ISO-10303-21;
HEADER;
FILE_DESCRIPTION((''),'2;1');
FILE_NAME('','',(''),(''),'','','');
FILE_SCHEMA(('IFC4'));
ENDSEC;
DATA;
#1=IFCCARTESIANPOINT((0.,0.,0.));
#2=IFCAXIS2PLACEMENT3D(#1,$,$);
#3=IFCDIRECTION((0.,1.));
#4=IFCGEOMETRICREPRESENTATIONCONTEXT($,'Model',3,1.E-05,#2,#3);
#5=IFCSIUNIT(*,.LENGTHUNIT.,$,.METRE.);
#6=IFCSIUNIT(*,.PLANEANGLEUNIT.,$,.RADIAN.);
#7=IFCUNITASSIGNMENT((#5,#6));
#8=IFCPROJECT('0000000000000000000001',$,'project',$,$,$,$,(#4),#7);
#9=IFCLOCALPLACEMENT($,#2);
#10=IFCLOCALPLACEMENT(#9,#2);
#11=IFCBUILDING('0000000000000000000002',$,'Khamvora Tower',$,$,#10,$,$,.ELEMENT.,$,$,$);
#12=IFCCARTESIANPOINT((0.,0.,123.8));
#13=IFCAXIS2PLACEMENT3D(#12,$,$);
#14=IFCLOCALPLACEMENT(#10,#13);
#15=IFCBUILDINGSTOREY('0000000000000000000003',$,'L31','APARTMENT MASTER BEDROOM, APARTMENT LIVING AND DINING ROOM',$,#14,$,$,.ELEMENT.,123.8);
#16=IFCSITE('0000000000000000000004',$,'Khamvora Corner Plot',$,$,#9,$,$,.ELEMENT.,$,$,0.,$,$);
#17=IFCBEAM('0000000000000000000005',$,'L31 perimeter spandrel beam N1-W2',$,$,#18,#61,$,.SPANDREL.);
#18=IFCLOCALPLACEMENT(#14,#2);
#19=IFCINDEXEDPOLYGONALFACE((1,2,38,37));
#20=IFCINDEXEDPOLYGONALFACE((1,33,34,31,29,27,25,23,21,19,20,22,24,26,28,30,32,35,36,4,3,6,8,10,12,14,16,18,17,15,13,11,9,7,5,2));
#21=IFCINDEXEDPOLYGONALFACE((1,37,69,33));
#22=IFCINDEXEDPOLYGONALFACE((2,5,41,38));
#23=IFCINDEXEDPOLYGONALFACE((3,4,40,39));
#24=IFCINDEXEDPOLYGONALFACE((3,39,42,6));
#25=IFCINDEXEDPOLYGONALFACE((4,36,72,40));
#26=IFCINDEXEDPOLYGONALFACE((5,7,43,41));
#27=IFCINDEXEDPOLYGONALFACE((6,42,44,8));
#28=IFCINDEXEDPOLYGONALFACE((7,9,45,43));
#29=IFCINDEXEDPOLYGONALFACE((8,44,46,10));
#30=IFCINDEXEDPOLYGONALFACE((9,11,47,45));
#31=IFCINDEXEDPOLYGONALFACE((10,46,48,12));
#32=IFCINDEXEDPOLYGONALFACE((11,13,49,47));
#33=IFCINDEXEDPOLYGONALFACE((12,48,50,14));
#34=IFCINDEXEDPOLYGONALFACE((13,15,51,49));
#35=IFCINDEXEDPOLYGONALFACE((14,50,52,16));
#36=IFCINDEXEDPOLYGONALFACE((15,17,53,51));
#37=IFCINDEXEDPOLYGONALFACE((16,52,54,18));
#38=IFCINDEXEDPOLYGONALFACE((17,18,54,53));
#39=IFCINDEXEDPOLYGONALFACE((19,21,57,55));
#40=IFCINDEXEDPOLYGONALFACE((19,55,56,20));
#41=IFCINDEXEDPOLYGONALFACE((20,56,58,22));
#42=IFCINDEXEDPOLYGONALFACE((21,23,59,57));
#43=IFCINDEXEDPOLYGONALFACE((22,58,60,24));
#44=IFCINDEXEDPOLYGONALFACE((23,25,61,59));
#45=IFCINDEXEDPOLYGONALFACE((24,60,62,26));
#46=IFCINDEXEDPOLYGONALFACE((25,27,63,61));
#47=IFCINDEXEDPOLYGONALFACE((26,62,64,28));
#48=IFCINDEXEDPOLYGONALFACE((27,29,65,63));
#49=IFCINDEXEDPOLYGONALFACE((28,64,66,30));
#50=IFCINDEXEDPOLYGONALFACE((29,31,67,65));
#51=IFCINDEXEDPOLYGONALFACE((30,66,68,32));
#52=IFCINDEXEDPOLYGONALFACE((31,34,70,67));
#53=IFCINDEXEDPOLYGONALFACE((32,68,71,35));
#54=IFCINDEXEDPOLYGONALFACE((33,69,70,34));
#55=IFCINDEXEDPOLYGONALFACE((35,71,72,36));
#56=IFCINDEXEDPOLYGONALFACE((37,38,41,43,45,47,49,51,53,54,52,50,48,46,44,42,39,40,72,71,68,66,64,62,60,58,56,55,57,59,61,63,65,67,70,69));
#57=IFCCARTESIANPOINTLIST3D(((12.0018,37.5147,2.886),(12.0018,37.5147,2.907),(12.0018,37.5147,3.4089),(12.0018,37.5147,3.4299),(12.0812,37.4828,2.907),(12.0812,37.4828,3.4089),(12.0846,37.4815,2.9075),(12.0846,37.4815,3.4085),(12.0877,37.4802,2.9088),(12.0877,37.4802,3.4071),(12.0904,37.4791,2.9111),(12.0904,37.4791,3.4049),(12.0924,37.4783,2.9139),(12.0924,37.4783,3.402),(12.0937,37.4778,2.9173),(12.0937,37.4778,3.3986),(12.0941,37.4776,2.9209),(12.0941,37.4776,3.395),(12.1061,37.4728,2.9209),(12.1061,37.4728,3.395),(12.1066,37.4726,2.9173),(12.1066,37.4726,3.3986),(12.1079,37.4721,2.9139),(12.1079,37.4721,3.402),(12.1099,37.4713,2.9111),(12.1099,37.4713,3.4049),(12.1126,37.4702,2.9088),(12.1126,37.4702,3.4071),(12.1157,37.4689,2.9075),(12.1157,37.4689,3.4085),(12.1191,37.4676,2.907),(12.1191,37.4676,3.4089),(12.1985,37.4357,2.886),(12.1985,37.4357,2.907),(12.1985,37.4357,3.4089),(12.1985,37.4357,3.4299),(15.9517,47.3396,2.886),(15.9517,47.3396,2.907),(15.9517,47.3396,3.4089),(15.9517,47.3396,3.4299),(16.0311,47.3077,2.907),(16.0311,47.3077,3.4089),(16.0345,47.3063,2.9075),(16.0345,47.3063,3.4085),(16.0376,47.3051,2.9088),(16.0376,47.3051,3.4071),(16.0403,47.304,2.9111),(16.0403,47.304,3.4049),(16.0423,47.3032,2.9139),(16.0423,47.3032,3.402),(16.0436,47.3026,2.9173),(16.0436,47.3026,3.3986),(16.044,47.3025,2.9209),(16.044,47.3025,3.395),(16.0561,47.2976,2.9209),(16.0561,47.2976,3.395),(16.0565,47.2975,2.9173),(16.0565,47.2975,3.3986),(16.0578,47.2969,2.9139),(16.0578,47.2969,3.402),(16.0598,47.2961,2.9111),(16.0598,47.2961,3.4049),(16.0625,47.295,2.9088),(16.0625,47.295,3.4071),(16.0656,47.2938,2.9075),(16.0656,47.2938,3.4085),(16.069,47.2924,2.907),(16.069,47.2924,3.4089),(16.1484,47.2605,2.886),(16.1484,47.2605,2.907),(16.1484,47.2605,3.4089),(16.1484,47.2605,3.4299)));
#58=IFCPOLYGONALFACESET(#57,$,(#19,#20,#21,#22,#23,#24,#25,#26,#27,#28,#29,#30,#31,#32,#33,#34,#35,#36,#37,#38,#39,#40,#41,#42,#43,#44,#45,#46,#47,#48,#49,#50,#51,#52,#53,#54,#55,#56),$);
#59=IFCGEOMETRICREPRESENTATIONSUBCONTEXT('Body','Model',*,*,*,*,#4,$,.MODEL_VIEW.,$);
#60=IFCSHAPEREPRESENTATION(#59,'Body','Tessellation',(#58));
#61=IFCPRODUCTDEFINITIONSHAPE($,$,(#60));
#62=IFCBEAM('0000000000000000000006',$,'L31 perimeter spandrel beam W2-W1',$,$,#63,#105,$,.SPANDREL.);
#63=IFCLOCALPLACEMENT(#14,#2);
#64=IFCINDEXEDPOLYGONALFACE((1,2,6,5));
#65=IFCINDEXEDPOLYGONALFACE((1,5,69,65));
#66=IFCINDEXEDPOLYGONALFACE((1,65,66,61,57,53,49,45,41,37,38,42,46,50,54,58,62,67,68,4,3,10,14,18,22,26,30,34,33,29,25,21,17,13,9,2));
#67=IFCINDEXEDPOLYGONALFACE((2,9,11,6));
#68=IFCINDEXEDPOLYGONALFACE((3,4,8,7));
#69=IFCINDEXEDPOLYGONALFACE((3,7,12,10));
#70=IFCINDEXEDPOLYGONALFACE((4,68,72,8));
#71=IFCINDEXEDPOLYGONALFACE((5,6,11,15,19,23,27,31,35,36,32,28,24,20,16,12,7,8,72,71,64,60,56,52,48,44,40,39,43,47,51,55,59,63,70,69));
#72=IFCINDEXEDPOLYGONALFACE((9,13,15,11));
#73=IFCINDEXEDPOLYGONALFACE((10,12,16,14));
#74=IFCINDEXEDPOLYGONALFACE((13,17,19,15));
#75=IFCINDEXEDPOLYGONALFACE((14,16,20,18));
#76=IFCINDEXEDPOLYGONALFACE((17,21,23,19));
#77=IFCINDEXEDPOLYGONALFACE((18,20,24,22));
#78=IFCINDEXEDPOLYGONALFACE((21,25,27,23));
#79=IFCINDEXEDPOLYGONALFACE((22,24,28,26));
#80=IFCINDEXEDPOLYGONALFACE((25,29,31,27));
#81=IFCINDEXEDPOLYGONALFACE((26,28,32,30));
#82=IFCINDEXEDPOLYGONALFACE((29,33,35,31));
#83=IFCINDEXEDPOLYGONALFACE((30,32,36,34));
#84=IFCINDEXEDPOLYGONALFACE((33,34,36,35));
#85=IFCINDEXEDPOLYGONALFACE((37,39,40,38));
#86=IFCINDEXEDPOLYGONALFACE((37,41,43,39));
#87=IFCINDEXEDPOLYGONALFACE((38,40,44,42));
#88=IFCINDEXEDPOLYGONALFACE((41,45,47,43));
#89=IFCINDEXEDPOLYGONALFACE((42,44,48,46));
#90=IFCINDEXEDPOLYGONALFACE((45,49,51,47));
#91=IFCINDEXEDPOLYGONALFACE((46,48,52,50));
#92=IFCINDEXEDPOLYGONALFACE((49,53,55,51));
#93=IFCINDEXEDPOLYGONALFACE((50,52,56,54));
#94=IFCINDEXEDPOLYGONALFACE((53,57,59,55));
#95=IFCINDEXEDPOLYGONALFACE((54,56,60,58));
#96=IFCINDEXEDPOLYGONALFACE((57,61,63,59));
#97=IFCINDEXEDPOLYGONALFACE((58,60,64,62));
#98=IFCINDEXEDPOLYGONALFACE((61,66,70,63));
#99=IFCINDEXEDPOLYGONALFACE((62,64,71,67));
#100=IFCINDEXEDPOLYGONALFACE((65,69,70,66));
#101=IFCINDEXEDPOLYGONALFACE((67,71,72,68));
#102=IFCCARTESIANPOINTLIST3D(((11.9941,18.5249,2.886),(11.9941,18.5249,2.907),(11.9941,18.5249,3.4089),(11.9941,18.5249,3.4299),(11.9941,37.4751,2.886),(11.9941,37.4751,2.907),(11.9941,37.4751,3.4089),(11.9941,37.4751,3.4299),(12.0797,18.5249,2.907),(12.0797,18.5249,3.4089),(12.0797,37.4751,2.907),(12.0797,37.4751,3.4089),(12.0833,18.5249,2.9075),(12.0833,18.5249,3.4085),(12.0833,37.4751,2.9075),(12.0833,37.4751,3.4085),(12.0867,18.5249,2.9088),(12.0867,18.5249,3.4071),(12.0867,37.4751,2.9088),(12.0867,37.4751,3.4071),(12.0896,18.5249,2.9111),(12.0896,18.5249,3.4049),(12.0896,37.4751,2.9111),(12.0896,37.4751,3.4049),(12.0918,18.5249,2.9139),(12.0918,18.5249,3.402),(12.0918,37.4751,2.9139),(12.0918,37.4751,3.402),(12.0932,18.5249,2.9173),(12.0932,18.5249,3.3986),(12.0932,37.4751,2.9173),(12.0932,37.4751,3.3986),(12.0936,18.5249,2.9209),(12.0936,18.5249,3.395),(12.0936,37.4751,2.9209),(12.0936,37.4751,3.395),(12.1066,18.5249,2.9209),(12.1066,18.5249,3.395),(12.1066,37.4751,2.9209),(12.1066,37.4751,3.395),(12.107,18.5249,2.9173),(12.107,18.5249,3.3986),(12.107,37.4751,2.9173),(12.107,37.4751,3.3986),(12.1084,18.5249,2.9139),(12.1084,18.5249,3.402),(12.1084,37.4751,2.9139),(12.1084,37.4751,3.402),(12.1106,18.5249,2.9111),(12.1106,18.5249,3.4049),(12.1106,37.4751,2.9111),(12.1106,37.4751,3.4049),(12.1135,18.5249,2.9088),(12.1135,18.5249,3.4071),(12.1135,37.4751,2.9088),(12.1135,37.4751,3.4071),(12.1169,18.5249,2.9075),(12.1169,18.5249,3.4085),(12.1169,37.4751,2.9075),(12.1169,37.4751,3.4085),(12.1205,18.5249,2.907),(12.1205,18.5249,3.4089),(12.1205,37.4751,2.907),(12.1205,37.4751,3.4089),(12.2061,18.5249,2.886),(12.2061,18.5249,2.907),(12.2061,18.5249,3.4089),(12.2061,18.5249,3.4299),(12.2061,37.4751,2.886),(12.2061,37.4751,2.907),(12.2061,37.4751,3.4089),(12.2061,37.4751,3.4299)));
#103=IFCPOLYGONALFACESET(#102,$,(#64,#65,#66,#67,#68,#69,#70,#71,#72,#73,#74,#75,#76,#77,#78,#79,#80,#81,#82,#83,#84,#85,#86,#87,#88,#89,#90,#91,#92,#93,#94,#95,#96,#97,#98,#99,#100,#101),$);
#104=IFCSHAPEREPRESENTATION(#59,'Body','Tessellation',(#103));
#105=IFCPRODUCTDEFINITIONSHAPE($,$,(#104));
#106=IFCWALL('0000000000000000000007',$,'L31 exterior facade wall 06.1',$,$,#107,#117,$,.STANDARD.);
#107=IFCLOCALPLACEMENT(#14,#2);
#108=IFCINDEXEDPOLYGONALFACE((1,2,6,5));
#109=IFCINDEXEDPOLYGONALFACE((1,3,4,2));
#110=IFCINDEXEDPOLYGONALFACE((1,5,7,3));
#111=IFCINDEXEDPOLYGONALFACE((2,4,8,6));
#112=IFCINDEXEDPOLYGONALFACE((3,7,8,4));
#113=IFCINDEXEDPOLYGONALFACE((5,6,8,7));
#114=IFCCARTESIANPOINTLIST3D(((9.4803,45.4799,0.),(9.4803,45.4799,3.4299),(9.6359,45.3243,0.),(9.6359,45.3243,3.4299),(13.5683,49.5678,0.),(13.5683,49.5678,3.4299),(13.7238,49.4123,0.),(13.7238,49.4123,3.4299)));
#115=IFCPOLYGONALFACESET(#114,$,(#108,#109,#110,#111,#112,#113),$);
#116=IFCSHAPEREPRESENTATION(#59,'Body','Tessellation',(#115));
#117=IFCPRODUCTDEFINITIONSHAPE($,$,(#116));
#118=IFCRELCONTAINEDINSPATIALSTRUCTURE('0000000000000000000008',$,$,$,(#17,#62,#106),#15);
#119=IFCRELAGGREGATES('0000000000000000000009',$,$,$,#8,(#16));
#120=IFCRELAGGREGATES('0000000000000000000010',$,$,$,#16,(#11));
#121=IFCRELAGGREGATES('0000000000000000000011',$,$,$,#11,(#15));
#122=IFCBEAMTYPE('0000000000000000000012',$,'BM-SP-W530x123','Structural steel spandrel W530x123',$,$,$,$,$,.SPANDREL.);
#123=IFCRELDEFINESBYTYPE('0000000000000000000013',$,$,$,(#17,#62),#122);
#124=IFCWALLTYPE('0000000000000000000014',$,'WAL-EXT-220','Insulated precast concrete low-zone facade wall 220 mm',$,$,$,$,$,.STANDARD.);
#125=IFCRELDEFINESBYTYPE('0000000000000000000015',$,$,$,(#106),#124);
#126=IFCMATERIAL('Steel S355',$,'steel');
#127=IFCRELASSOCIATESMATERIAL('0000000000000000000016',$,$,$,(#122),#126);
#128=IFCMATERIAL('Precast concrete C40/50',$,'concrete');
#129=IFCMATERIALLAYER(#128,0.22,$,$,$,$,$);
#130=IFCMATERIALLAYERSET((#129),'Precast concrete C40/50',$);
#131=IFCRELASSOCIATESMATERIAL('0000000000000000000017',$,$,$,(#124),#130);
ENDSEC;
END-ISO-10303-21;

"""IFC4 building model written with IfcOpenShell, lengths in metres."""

from ifc_helpers import new_model, si_unit, direction, frame, frame_2d, origin, origin_2d, place, context, subcontext, project, spatial, rectangle, i_section, extrude, material, layer, layer_set, material_profile, profile_set, type_object, element, save


model = new_model("IFC4")

# Units and contexts
model_context = context("Model", 3, precision=1e-05, world=origin(), true_north=direction((0.0, 1.0)))
body_context = subcontext(model_context, "Body", "Model", "MODEL_VIEW")
ifc_project = project(units=[si_unit("LENGTHUNIT", "METRE"), si_unit("PLANEANGLEUNIT", "RADIAN")], contexts=[model_context])

# Site, building, storey
site_placement = place(None, origin())
site = spatial("IfcSite", under=ifc_project, at=site_placement, Name="Khamvora Corner Plot", CompositionType="ELEMENT", RefElevation=0.0)
building_placement = place(site_placement, origin())
building = spatial("IfcBuilding", under=site, at=building_placement, Name="Khamvora Tower", CompositionType="ELEMENT")
storey_placement = place(building_placement, frame((0.0, 0.0, 123.8)))
storey = spatial("IfcBuildingStorey", under=building, at=storey_placement, Name="L31", Description="APARTMENT MASTER BEDROOM, APARTMENT LIVING AND DINING ROOM", CompositionType="ELEMENT", Elevation=123.8)

# Shared definitions
ifc_material_1 = material(Name="Steel S355", Category="steel")

# Beams
ifc_material_profile_1 = material_profile(ifc_material_1, i_section(OverallWidth=0.2119, OverallDepth=0.5439, WebThickness=0.0129, FlangeThickness=0.021, FilletRadius=0.0139, at=origin_2d()), Name="W530x123")
ifc_profile_set_1 = profile_set([ifc_material_profile_1], Name="Steel S355")
beam_type_1 = type_object("IfcBeamType", Name="BM-SP-W530x123", Description="Structural steel spandrel W530x123", PredefinedType="SPANDREL", material=ifc_profile_set_1)
beam_1_placement = place(storey_placement, frame((16.05, 47.3, 3.158), z_axis=(-0.373016, -0.927825, 0.0), x_axis=(0.927825, -0.373016, 0.0)))
element("IfcBeam", 1, at=beam_1_placement, inside=storey, type_object=beam_type_1, Name="L31 perimeter spandrel beam N1-W2", PredefinedType="SPANDREL", context=body_context, shape_type="SweptSolid", body=[
    extrude(i_section(OverallWidth=0.2119, OverallDepth=0.5439, WebThickness=0.0129, FlangeThickness=0.021, FilletRadius=0.0139, at=origin_2d()), origin(), (0.0, 0.0, 1.0), 10.5891),
])
beam_2_placement = place(storey_placement, frame((12.1001, 37.4751, 3.158), z_axis=(0.0, -1.0, 0.0), x_axis=(1.0, 0.0, 0.0)))
element("IfcBeam", 2, at=beam_2_placement, inside=storey, type_object=beam_type_1, Name="L31 perimeter spandrel beam W2-W1", PredefinedType="SPANDREL", context=body_context, shape_type="SweptSolid", body=[
    extrude(i_section(OverallWidth=0.2119, OverallDepth=0.5439, WebThickness=0.0129, FlangeThickness=0.021, FilletRadius=0.0139, at=origin_2d()), origin(), (0.0, 0.0, 1.0), 18.9502),
])

# Wall
ifc_material_2 = material(Name="Precast concrete C40/50", Category="concrete")
ifc_layer_1 = layer(ifc_material_2, 0.22)
ifc_layer_set_1 = layer_set([ifc_layer_1], Name="Precast concrete C40/50")
wall_type_1 = type_object("IfcWallType", Name="WAL-EXT-220", Description="Insulated precast concrete low-zone facade wall 220 mm", PredefinedType="STANDARD", material=ifc_layer_set_1)
wall_1_placement = place(storey_placement, frame((9.5581, 45.4021, 0.0), z_axis=(0.0, 0.0, 1.0), x_axis=(0.707107, 0.707107, 0.0)))
element("IfcWall", 3, at=wall_1_placement, inside=storey, type_object=wall_type_1, Name="L31 exterior facade wall 06.1", PredefinedType="STANDARD", context=body_context, shape_type="SweptSolid", body=[
    extrude(rectangle(XDim=5.7812, YDim=0.22, at=frame_2d((2.8906, 0.0))), origin(), (0.0, 0.0, 1.0), 3.4299),
])

save(model, "model.ifc")
